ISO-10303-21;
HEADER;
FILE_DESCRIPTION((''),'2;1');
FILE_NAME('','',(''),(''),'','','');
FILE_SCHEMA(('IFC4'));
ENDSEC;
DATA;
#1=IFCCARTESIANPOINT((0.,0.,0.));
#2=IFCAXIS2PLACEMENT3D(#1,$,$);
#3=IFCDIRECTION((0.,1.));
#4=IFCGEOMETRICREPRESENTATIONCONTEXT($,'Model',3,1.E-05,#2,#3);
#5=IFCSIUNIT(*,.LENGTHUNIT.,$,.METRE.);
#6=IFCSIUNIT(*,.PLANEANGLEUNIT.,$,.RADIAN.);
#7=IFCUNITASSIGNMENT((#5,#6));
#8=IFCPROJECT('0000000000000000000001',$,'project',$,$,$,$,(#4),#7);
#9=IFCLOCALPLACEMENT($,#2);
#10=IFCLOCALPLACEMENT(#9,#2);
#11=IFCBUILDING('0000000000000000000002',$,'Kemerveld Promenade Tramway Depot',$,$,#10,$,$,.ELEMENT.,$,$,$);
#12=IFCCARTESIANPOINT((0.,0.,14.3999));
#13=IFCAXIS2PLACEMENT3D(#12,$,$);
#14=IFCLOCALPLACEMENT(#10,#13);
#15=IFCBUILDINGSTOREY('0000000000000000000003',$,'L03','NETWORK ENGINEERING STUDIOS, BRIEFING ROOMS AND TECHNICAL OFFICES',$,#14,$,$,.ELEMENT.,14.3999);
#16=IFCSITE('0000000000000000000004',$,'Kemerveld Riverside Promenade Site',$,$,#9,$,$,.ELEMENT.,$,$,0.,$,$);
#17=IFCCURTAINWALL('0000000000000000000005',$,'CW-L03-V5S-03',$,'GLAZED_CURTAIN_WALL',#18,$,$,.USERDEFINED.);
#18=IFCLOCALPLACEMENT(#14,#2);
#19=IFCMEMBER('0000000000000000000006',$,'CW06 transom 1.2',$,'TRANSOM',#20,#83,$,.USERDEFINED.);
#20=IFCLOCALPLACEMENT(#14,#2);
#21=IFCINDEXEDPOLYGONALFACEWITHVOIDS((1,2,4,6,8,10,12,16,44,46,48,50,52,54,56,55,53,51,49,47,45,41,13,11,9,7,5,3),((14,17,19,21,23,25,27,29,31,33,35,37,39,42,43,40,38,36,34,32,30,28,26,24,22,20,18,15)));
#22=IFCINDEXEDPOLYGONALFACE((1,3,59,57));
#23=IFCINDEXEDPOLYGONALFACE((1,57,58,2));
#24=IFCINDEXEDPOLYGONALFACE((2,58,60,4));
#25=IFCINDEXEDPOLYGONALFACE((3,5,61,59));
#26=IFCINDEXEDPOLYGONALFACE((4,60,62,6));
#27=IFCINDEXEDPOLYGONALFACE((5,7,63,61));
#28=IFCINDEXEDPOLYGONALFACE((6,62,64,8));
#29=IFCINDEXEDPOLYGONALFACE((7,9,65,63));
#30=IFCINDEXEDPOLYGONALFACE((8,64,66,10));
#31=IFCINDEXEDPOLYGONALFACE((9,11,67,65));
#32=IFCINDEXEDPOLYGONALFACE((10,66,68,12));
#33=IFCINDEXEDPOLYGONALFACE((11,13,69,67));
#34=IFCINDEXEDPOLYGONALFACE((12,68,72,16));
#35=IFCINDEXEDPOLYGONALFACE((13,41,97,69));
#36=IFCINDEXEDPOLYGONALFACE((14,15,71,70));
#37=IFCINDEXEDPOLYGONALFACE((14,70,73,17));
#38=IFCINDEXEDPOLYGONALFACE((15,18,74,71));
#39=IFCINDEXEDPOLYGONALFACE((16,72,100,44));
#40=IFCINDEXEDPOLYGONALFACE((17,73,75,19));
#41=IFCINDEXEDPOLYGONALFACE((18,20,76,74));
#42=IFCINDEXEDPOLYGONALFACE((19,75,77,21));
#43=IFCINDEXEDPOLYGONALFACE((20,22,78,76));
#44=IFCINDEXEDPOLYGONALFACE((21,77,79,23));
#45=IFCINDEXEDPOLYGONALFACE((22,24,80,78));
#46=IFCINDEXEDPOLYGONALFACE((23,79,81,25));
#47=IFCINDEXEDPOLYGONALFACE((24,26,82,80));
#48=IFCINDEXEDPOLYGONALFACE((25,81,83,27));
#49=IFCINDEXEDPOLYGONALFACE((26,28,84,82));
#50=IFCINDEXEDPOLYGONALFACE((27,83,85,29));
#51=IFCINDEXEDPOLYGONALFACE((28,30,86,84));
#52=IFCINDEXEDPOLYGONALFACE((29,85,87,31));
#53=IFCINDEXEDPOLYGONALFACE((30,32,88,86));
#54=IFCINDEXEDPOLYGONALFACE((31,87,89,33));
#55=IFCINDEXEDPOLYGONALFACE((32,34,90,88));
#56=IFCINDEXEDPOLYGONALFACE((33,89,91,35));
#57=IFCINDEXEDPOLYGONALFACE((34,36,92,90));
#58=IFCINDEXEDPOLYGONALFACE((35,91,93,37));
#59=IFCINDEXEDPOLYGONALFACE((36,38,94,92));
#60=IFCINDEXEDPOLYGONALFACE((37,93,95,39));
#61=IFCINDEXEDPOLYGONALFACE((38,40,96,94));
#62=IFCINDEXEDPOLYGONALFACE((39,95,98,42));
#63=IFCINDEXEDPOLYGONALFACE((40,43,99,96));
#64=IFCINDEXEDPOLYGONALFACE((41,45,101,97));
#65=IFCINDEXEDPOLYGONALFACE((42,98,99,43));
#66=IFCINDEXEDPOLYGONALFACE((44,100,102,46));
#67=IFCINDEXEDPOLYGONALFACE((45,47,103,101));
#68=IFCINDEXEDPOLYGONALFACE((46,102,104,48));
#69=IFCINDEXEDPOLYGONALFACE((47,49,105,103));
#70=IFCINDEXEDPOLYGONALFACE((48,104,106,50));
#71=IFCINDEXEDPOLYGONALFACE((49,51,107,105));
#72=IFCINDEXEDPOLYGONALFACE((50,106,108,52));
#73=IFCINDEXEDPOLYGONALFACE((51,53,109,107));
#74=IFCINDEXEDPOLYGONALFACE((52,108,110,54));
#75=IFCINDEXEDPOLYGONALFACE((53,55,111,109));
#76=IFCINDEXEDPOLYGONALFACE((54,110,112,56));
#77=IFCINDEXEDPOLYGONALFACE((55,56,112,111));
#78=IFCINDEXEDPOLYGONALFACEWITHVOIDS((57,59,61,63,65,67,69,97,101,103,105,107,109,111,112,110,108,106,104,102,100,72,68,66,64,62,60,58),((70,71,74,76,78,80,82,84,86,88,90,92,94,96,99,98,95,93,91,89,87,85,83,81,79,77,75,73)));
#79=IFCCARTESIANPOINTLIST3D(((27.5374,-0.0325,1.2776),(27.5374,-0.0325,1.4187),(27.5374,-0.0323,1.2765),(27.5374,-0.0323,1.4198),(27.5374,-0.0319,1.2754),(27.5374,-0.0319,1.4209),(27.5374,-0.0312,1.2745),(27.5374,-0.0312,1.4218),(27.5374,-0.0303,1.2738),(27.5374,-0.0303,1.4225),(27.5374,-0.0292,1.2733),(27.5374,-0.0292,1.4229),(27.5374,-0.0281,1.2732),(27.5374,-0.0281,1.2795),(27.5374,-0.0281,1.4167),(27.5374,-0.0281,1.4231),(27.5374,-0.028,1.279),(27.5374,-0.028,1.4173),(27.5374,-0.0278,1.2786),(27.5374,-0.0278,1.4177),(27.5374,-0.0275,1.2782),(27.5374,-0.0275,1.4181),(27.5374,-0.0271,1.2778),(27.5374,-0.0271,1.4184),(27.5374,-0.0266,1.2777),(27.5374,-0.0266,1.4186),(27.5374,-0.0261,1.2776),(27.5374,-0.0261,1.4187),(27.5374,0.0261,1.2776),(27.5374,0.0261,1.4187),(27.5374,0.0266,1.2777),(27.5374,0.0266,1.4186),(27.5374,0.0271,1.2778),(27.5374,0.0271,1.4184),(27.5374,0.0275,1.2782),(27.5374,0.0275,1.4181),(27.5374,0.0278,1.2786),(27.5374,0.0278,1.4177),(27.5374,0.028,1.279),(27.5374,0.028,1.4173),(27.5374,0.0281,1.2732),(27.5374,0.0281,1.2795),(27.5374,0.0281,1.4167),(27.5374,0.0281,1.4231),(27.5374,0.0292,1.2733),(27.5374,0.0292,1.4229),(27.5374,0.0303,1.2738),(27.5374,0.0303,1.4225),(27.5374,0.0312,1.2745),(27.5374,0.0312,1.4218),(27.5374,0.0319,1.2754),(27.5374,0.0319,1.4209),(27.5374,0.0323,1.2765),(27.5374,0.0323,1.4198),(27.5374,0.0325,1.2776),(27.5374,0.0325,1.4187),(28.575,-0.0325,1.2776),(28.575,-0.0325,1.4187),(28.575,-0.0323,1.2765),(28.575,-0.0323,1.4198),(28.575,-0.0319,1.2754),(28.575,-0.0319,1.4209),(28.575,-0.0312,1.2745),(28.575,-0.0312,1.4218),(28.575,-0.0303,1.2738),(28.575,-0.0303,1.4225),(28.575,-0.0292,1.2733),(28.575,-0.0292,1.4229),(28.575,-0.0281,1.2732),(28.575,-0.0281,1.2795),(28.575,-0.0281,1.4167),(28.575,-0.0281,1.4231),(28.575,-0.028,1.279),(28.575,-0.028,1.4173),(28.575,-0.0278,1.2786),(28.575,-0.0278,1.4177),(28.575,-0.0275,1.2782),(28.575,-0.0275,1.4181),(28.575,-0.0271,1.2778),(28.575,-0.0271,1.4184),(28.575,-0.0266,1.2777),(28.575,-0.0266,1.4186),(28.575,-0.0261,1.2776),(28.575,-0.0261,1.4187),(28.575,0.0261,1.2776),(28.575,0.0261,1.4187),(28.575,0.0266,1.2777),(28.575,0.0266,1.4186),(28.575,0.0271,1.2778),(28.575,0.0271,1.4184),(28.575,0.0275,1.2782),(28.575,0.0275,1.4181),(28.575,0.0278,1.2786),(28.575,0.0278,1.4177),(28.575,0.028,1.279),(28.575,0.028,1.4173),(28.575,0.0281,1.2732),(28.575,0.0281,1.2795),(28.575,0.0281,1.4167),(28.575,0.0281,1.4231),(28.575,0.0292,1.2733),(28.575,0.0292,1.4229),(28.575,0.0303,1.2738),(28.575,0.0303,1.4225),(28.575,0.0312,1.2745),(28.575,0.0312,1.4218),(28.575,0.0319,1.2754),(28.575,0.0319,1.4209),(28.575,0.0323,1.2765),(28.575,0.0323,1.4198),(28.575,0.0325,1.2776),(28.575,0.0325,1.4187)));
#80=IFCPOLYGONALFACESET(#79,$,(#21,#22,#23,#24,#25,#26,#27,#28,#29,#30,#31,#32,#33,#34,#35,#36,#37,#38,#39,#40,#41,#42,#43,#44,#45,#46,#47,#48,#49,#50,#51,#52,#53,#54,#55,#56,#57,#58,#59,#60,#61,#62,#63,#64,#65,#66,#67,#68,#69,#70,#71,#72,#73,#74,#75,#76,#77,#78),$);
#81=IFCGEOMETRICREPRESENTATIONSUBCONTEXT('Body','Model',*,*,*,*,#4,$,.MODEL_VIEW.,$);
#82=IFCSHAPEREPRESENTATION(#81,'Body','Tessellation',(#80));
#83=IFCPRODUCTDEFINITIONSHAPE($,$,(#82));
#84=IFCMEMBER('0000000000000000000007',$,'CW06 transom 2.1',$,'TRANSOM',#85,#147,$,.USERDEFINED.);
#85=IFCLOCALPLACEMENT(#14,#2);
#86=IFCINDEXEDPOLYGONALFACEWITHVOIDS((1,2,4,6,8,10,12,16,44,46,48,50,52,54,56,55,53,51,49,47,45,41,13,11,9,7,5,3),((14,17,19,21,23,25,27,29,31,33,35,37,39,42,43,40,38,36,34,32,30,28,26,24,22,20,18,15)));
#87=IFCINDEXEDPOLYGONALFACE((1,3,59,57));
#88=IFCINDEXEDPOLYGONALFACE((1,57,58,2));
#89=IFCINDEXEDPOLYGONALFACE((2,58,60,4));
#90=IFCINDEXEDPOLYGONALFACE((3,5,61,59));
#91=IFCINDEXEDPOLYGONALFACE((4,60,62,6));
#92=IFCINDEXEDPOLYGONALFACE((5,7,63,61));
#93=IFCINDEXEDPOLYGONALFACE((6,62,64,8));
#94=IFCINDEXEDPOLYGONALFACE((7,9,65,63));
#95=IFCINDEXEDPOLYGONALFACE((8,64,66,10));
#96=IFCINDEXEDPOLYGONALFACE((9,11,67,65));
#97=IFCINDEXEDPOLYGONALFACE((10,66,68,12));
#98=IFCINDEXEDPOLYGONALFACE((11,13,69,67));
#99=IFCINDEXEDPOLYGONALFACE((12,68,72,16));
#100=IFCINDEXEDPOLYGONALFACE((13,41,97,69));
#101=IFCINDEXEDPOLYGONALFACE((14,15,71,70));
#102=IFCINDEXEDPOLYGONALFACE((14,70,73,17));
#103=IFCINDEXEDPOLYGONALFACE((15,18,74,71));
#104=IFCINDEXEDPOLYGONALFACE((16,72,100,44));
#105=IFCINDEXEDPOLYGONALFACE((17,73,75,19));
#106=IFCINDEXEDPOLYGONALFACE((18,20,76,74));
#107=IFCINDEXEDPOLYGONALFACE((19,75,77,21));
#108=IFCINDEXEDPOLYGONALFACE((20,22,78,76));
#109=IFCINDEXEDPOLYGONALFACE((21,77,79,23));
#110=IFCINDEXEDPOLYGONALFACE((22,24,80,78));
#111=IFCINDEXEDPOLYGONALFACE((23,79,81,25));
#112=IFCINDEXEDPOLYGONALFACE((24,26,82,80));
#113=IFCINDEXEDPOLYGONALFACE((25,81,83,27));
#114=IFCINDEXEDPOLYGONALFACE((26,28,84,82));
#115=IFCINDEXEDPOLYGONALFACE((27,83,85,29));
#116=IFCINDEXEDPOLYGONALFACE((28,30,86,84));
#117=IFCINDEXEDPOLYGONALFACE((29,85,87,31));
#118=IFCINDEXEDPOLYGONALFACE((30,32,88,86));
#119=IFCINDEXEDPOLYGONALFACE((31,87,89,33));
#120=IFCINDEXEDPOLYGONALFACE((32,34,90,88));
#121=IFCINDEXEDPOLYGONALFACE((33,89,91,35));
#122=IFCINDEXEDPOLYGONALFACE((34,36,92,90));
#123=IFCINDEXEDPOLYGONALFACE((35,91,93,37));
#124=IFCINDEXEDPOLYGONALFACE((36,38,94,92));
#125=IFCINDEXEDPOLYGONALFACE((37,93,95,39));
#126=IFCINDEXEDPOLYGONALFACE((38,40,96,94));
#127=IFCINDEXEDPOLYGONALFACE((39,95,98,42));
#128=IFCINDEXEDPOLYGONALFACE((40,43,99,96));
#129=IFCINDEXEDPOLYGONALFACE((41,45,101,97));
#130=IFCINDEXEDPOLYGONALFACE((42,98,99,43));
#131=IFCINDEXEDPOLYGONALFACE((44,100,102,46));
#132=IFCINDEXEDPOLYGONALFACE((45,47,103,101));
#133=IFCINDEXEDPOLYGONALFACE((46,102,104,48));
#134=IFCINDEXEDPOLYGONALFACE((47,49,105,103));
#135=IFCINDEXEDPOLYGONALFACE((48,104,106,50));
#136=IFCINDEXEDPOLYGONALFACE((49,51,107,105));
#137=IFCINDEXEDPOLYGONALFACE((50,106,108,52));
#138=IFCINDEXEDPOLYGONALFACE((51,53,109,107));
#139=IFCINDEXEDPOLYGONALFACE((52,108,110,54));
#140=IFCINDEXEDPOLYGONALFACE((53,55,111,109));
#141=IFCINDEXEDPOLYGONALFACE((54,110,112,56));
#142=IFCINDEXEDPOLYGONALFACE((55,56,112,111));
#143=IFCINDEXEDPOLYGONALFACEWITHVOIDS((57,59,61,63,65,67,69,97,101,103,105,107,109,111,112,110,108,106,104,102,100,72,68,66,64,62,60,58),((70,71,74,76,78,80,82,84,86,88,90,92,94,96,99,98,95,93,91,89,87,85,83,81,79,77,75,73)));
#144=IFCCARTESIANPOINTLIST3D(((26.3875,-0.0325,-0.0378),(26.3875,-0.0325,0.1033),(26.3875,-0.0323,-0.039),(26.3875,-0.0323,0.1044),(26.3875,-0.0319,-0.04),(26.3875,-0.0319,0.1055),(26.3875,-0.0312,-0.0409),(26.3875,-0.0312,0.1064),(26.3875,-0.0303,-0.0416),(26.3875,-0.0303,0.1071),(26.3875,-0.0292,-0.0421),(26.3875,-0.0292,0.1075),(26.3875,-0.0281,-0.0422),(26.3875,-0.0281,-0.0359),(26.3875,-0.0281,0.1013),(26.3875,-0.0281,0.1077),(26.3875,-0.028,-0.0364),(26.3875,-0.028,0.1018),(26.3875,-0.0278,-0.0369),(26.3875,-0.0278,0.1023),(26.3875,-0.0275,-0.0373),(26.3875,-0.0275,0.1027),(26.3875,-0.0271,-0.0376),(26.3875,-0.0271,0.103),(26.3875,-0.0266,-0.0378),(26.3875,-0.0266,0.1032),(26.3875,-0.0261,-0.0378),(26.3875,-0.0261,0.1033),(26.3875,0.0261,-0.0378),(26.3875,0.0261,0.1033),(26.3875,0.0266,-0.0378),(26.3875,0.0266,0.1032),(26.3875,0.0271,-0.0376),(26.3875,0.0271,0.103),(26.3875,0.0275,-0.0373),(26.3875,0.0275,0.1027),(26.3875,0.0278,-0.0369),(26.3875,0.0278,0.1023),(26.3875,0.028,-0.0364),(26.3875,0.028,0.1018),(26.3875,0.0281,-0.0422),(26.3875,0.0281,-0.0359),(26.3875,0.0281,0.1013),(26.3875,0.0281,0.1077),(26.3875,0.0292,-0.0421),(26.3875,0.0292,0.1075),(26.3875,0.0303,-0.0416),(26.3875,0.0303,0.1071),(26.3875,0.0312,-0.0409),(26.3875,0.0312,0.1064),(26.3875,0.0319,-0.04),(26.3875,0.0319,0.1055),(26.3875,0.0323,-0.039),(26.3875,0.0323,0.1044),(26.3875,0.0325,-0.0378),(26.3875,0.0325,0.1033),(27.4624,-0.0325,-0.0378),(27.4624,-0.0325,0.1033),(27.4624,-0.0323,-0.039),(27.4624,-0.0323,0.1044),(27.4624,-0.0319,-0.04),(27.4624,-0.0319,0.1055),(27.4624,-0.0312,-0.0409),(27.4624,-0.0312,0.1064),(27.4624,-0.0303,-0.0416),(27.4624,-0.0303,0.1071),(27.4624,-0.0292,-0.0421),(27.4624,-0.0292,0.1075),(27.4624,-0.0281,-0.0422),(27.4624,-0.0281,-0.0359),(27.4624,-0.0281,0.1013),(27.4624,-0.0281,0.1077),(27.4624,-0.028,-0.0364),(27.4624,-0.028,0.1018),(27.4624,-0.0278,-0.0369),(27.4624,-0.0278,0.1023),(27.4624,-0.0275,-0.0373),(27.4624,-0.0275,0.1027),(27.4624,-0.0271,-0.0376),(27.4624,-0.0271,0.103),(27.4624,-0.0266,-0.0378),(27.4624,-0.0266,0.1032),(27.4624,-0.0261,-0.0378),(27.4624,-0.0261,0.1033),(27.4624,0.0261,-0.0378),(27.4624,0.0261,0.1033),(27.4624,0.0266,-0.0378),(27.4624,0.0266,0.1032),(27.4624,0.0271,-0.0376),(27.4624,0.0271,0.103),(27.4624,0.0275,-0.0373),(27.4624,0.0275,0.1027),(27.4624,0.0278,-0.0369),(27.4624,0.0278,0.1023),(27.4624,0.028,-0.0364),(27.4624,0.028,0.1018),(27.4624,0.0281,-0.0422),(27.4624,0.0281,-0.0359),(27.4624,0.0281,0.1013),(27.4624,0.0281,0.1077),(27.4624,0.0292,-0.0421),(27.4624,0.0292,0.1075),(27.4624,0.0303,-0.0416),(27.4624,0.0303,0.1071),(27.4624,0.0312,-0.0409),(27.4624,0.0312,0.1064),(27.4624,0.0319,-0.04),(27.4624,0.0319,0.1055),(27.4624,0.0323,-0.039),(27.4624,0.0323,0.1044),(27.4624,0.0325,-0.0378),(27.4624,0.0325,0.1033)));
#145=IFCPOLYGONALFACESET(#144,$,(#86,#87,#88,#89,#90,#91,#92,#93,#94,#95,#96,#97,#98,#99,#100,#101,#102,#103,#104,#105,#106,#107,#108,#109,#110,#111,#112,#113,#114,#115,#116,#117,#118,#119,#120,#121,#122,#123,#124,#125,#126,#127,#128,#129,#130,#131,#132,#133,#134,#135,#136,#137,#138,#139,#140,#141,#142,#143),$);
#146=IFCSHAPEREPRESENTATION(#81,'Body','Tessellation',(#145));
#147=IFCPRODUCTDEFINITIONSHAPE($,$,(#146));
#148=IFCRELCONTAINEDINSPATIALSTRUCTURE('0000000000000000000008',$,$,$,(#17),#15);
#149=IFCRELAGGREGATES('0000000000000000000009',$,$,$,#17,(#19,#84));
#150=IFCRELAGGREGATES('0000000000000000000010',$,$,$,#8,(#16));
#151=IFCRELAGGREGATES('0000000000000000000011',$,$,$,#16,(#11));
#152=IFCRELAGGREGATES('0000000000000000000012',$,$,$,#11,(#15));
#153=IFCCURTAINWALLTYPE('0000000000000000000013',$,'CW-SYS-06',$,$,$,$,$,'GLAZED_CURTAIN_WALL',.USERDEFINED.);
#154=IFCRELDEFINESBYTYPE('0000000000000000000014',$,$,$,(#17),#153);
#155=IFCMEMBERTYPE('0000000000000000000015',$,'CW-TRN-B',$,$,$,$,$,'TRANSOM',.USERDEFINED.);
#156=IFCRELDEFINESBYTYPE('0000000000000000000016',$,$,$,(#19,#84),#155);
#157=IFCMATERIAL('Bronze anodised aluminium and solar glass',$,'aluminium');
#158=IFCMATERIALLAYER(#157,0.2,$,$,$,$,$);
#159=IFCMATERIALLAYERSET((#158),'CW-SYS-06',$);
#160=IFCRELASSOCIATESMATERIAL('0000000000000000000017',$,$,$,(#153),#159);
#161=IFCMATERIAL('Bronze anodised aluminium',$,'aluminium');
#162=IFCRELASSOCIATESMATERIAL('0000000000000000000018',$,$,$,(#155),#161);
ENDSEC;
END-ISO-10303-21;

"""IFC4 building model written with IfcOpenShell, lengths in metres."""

from ifc_helpers import new_model, si_unit, direction, frame, origin, origin_2d, place, context, subcontext, project, spatial, hollow_rectangle, extrude, material, layer, layer_set, material_profile, profile_set, type_object, element, aggregate, save


model = new_model("IFC4")

# Units and contexts
model_context = context("Model", 3, precision=1e-05, world=origin(), true_north=direction((0.0, 1.0)))
body_context = subcontext(model_context, "Body", "Model", "MODEL_VIEW")
ifc_project = project(units=[si_unit("LENGTHUNIT", "METRE"), si_unit("PLANEANGLEUNIT", "RADIAN")], contexts=[model_context])

# Site, building, storey
site_placement = place(None, origin())
site = spatial("IfcSite", under=ifc_project, at=site_placement, Name="Kemerveld Riverside Promenade Site", CompositionType="ELEMENT", RefElevation=0.0)
building_placement = place(site_placement, origin())
building = spatial("IfcBuilding", under=site, at=building_placement, Name="Kemerveld Promenade Tramway Depot", CompositionType="ELEMENT")
storey_placement = place(building_placement, frame((0.0, 0.0, 14.3999)))
storey = spatial("IfcBuildingStorey", under=building, at=storey_placement, Name="L03", Description="NETWORK ENGINEERING STUDIOS, BRIEFING ROOMS AND TECHNICAL OFFICES", CompositionType="ELEMENT", Elevation=14.3999)

# Curtain wall, members
ifc_material_1 = material(Name="Bronze anodised aluminium and solar glass", Category="aluminium")
ifc_layer_1 = layer(ifc_material_1, 0.2)
ifc_layer_set_1 = layer_set([ifc_layer_1], Name="CW-SYS-06")
curtain_wall_type = type_object("IfcCurtainWallType", Name="CW-SYS-06", ElementType="GLAZED_CURTAIN_WALL", PredefinedType="USERDEFINED", material=ifc_layer_set_1)
curtain_wall_placement = place(storey_placement, origin())
curtain_wall = element("IfcCurtainWall", 1, at=curtain_wall_placement, inside=storey, type_object=curtain_wall_type, Name="CW-L03-V5S-03", ObjectType="GLAZED_CURTAIN_WALL", PredefinedType="USERDEFINED")
ifc_material_2 = material(Name="Bronze anodised aluminium", Category="aluminium")
ifc_material_profile_1 = material_profile(ifc_material_2, hollow_rectangle(XDim=0.0649, YDim=0.1499, WallThickness=0.0044, InnerFilletRadius=0.002, OuterFilletRadius=0.0044, at=origin_2d()), Name="CW-TRN-150x65")
ifc_profile_set_1 = profile_set([ifc_material_profile_1], Name="Bronze anodised aluminium")
member_type_1 = type_object("IfcMemberType", Name="CW-TRN-B", ElementType="TRANSOM", PredefinedType="USERDEFINED", material=ifc_profile_set_1)
member_1_placement = place(storey_placement, frame((28.575, 0.0, 1.3481), z_axis=(-1.0, 0.0, 0.0), x_axis=(0.0, -1.0, 0.0)))
member_1 = element("IfcMember", 2, at=member_1_placement, type_object=member_type_1, Name="CW06 transom 1.2", ObjectType="TRANSOM", PredefinedType="USERDEFINED", context=body_context, shape_type="SweptSolid", body=[
    extrude(hollow_rectangle(XDim=0.0649, YDim=0.1499, WallThickness=0.0044, InnerFilletRadius=0.002, OuterFilletRadius=0.0044, at=origin_2d()), origin(), (0.0, 0.0, 1.0), 1.0376),
])
member_2_placement = place(storey_placement, frame((27.4624, 0.0, 0.0327), z_axis=(-1.0, 0.0, 0.0), x_axis=(0.0, -1.0, 0.0)))
member_2 = element("IfcMember", 3, at=member_2_placement, type_object=member_type_1, Name="CW06 transom 2.1", ObjectType="TRANSOM", PredefinedType="USERDEFINED", context=body_context, shape_type="SweptSolid", body=[
    extrude(hollow_rectangle(XDim=0.0649, YDim=0.1499, WallThickness=0.0044, InnerFilletRadius=0.002, OuterFilletRadius=0.0044, at=origin_2d()), origin(), (0.0, 0.0, 1.0), 1.075),
])
aggregate(curtain_wall, [member_1, member_2])

save(model, "model.ifc")
